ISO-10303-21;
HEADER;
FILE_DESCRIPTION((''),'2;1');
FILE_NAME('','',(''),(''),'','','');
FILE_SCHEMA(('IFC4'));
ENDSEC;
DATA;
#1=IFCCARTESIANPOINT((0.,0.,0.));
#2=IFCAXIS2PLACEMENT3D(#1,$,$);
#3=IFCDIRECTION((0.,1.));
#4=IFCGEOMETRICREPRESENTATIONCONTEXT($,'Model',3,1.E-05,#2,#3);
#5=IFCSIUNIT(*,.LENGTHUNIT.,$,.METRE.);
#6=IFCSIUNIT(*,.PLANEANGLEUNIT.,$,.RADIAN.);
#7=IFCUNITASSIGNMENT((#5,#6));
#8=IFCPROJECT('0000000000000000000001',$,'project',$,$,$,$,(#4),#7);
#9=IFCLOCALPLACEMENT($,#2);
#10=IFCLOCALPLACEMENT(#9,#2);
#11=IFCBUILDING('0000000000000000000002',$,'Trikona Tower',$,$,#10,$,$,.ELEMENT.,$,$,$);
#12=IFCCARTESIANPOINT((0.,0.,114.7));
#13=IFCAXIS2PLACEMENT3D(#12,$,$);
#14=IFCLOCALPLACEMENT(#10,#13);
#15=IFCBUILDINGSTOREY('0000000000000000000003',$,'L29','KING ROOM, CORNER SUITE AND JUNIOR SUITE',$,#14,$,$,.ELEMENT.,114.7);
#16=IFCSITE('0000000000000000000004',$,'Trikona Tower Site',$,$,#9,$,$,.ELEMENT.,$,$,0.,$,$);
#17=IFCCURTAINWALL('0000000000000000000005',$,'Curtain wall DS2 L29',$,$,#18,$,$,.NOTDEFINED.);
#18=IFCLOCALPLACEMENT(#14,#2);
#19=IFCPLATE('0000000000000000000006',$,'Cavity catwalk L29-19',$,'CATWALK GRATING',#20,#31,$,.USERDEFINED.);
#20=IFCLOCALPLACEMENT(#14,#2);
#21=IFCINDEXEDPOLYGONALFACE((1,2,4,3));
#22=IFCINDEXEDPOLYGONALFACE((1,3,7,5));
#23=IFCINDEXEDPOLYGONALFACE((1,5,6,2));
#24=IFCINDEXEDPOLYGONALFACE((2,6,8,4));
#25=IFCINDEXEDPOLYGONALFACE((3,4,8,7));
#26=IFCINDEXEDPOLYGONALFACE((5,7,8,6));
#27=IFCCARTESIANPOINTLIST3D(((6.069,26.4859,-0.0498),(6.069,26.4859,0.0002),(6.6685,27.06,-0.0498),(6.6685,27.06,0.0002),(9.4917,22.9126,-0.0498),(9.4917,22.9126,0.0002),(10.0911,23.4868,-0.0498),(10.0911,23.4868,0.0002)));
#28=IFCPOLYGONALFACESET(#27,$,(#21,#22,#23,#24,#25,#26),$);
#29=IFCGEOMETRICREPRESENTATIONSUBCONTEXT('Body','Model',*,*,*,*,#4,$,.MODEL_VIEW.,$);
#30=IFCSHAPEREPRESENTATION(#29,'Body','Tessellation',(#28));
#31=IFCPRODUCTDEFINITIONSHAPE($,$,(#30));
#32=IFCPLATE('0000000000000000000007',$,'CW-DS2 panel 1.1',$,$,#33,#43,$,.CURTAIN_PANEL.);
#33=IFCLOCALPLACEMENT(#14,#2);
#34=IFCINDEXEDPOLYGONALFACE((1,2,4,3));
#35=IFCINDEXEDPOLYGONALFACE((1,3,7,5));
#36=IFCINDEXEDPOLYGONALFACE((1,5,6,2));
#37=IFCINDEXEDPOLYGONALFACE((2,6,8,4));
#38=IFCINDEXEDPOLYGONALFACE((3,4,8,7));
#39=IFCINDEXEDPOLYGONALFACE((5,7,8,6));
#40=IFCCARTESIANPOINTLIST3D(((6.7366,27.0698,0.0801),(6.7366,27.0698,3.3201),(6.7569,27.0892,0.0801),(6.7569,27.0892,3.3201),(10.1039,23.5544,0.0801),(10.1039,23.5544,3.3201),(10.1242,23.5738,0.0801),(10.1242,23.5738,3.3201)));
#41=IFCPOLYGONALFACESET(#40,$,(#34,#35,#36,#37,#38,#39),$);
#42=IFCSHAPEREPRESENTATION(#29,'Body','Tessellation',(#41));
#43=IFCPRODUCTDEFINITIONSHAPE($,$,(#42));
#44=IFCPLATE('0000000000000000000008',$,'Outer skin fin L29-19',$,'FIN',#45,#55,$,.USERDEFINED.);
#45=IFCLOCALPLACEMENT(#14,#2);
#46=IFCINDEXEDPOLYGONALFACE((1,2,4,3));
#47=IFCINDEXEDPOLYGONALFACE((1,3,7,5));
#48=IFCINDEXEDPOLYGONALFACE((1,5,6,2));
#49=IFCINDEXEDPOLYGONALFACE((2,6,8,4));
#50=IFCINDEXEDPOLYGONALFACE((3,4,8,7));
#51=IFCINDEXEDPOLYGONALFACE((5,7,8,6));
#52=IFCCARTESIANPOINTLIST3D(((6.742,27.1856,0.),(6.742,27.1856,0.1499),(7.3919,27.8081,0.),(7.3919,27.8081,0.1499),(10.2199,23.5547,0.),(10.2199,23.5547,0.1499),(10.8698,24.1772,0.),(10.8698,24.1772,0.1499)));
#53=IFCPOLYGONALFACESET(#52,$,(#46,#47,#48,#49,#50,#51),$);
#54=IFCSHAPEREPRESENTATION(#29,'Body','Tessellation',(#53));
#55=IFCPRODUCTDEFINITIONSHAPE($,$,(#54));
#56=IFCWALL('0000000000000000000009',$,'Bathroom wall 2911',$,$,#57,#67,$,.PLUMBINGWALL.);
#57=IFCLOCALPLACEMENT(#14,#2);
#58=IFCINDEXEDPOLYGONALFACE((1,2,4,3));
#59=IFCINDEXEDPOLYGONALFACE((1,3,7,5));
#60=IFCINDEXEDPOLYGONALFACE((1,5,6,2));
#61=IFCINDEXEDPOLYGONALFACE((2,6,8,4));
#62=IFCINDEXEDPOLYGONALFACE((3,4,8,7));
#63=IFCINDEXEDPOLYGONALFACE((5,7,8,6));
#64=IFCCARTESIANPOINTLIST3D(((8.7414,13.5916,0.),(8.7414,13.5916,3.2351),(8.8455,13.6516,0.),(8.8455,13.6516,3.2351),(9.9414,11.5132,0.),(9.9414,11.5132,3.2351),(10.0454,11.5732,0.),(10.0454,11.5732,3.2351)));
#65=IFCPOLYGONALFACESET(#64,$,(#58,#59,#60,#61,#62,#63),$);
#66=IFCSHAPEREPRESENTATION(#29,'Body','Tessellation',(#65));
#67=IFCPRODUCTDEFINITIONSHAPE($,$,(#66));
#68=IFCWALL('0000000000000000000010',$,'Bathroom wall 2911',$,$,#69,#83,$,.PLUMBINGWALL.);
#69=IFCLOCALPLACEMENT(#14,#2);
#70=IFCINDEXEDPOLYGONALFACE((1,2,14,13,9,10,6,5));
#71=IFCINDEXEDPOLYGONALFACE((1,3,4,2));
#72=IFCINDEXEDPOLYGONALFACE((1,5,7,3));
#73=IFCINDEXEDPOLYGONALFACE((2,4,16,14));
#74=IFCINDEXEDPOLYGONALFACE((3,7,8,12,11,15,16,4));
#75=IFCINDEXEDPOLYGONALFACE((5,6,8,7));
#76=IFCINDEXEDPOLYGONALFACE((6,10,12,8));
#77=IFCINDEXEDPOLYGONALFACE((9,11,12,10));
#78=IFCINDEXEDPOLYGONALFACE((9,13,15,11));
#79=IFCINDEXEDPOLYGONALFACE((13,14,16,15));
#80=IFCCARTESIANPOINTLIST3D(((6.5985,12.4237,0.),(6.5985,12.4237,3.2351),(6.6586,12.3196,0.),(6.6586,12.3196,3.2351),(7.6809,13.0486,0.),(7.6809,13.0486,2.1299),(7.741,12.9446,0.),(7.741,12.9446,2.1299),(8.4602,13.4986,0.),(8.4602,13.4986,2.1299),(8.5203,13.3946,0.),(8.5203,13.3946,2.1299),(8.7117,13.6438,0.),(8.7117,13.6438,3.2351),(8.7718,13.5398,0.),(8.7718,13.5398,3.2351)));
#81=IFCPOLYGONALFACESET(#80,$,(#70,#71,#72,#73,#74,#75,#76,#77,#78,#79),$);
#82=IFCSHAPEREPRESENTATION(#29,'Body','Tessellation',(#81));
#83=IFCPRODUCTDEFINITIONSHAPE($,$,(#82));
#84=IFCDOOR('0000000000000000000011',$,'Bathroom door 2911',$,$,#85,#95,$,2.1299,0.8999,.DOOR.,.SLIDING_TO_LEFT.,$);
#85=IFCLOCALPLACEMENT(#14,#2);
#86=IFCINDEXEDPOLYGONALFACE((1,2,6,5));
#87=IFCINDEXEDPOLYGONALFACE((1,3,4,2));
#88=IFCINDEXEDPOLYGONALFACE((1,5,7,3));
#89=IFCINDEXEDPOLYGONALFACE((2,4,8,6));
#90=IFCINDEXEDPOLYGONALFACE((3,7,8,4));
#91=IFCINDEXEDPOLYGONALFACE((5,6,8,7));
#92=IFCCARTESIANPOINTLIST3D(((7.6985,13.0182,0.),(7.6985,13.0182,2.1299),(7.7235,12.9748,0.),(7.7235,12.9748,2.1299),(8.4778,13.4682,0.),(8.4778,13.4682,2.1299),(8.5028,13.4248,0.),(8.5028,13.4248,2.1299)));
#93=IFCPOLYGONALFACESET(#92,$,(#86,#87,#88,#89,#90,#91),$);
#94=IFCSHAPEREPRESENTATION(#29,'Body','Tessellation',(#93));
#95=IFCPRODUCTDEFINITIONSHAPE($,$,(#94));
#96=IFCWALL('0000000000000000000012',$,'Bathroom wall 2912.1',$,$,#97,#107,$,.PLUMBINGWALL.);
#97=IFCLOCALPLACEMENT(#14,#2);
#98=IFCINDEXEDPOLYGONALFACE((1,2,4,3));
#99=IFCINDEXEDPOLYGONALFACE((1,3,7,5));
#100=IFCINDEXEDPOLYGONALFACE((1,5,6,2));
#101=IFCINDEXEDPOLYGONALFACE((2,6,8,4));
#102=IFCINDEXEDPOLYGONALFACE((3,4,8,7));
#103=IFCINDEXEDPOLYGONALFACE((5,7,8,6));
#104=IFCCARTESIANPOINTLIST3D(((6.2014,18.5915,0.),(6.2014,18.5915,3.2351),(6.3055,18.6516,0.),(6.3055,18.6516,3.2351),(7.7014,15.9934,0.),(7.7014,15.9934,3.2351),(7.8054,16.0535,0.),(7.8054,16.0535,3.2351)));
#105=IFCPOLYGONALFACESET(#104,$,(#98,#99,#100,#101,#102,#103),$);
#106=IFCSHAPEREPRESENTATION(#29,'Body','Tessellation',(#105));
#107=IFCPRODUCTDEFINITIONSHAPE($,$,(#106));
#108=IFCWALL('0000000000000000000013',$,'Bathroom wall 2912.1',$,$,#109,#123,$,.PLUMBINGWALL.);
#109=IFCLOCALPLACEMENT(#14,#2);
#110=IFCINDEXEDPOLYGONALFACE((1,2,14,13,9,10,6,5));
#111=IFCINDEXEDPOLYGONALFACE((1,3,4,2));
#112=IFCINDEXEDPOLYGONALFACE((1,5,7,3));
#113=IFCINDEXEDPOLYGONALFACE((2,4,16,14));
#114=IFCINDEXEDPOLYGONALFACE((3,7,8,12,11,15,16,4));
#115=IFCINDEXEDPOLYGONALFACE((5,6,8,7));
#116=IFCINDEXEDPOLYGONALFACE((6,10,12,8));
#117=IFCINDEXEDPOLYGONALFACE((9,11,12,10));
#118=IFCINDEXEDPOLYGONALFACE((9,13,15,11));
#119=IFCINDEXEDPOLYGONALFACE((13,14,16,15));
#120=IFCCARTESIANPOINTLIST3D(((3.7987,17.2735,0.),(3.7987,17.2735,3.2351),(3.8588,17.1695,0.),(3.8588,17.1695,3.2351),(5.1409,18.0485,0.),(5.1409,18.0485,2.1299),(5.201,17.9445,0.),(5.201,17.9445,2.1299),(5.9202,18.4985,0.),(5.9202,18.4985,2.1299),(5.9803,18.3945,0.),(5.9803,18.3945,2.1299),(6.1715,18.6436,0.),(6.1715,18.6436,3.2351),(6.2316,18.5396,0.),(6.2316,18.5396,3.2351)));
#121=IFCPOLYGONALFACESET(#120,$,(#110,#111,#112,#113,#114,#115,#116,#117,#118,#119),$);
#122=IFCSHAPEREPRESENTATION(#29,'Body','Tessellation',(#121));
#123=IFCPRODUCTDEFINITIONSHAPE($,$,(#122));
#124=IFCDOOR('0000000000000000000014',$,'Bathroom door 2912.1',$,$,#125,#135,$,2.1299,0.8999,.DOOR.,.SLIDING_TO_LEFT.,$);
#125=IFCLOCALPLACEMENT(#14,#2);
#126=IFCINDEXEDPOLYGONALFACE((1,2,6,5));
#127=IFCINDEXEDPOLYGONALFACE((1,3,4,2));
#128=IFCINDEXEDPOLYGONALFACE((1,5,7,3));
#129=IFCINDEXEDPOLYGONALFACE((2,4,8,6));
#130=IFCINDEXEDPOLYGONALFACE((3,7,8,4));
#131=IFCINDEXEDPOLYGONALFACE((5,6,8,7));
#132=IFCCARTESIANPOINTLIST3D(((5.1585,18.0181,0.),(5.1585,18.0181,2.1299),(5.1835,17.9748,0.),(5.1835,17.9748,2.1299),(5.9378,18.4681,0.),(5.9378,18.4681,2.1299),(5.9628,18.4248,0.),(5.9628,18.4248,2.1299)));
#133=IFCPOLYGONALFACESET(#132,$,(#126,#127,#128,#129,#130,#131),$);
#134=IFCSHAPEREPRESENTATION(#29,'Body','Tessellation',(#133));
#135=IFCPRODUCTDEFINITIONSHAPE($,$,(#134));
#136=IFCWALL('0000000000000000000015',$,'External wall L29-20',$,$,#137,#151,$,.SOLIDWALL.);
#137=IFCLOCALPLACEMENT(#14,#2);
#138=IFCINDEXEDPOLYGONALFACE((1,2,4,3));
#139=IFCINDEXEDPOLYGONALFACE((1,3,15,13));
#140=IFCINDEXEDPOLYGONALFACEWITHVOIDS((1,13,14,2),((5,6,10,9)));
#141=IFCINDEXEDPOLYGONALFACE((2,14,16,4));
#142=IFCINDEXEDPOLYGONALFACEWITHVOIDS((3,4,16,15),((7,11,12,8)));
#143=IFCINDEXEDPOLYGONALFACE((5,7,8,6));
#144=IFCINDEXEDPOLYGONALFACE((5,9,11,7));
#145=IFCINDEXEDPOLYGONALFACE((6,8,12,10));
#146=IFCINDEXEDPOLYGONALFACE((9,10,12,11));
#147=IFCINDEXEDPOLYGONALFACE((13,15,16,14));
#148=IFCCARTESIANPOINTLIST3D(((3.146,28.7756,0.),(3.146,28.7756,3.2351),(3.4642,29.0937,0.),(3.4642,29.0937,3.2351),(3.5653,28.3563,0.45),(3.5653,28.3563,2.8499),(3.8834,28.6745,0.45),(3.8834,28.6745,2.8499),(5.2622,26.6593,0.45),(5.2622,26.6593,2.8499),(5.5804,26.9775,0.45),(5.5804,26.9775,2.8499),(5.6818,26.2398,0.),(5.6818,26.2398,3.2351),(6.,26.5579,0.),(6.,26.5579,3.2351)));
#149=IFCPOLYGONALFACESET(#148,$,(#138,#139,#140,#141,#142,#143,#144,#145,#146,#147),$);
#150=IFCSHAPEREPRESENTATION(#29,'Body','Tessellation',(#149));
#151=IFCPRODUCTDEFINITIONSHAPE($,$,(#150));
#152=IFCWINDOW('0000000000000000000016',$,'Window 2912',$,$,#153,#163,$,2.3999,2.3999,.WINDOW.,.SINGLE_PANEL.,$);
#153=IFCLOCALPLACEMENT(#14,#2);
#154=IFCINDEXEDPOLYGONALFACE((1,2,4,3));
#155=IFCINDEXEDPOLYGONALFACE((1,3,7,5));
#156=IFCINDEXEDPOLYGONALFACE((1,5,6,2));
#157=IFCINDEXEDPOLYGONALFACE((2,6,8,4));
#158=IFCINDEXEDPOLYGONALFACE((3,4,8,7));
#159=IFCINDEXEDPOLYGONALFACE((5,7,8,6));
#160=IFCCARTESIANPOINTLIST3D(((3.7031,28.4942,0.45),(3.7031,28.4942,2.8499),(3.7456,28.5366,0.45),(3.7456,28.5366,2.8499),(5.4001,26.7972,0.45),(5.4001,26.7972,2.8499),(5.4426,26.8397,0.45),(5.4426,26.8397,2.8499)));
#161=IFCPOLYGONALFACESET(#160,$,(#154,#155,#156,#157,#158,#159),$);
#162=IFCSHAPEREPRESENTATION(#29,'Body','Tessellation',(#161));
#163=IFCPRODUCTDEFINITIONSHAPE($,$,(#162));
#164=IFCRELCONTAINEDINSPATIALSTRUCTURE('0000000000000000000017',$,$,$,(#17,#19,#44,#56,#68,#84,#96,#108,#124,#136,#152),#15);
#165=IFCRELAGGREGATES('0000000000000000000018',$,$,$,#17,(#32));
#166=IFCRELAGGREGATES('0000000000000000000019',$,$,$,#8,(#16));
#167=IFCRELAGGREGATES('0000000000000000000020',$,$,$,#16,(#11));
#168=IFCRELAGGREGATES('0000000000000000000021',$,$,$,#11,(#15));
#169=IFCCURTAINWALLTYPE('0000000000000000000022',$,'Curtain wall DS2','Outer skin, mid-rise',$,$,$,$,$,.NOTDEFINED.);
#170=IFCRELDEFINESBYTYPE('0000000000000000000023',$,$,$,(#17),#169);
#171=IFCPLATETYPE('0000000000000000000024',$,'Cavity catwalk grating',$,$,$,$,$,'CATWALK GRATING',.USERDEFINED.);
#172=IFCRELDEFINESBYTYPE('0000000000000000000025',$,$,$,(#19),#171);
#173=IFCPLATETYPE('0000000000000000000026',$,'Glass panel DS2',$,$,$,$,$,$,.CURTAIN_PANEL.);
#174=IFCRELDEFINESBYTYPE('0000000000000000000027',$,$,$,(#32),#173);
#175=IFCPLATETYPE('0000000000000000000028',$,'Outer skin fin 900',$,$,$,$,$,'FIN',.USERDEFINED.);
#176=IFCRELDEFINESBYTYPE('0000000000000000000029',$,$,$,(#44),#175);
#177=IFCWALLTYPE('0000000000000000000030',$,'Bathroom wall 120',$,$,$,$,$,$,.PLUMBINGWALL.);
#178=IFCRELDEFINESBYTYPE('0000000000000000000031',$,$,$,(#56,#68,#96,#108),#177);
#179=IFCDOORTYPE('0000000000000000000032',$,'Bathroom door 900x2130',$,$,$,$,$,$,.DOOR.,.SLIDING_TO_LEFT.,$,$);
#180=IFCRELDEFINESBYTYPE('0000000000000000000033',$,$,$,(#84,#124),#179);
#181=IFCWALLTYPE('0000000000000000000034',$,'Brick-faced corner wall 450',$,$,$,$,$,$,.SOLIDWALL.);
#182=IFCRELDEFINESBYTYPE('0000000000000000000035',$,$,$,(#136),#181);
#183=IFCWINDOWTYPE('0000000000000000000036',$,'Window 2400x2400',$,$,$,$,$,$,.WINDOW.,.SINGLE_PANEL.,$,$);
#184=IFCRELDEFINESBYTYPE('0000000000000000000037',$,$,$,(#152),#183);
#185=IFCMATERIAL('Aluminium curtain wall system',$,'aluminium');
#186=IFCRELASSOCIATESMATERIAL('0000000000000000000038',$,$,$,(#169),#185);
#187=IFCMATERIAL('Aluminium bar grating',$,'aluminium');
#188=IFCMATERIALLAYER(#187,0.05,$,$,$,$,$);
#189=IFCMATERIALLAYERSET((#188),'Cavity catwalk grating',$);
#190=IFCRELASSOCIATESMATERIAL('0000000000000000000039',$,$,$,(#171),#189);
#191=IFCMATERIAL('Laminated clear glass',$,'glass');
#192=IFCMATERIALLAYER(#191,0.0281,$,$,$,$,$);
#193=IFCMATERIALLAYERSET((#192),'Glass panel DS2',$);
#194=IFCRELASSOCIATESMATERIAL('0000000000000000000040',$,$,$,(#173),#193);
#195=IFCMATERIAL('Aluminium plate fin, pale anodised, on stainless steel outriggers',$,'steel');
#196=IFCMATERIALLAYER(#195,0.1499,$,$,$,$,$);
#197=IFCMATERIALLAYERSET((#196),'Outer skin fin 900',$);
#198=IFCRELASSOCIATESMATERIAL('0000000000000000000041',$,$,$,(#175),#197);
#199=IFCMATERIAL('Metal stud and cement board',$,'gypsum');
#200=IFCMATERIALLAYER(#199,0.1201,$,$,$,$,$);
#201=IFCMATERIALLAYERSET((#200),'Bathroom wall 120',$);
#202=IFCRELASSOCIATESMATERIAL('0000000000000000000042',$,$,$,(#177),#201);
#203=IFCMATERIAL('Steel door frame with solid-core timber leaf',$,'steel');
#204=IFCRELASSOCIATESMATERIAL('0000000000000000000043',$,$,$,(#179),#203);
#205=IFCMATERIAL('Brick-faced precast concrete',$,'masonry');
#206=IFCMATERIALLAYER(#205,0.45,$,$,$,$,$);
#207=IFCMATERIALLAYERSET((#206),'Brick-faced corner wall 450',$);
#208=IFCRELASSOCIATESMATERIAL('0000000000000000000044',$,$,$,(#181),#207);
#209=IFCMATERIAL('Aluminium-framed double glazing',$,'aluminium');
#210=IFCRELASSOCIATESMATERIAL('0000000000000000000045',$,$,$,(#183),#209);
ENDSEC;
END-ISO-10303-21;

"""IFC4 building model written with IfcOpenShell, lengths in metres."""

from ifc_helpers import new_model, si_unit, direction, frame, frame_2d, origin, origin_2d, place, context, subcontext, project, spatial, rectangle, extrude, material, layer, layer_set, type_object, element, fill, aggregate, save


model = new_model("IFC4")

# Units and contexts
model_context = context("Model", 3, precision=1e-05, world=origin(), true_north=direction((0.0, 1.0)))
body_context = subcontext(model_context, "Body", "Model", "MODEL_VIEW")
ifc_project = project(units=[si_unit("LENGTHUNIT", "METRE"), si_unit("PLANEANGLEUNIT", "RADIAN")], contexts=[model_context])

# Site, building, storey
site_placement = place(None, origin())
site = spatial("IfcSite", under=ifc_project, at=site_placement, Name="Trikona Tower Site", CompositionType="ELEMENT", RefElevation=0.0)
building_placement = place(site_placement, origin())
building = spatial("IfcBuilding", under=site, at=building_placement, Name="Trikona Tower", CompositionType="ELEMENT")
storey_placement = place(building_placement, frame((0.0, 0.0, 114.7)))
storey = spatial("IfcBuildingStorey", under=building, at=storey_placement, Name="L29", Description="KING ROOM, CORNER SUITE AND JUNIOR SUITE", CompositionType="ELEMENT", Elevation=114.7)

# Curtain wall
ifc_material_1 = material(Name="Aluminium curtain wall system", Category="aluminium")
curtain_wall_type = type_object("IfcCurtainWallType", Name="Curtain wall DS2", Description="Outer skin, mid-rise", PredefinedType="NOTDEFINED", material=ifc_material_1)
curtain_wall_placement = place(storey_placement, origin())
curtain_wall = element("IfcCurtainWall", 1, at=curtain_wall_placement, inside=storey, type_object=curtain_wall_type, Name="Curtain wall DS2 L29", PredefinedType="NOTDEFINED")

# Plates
ifc_material_2 = material(Name="Aluminium bar grating", Category="aluminium")
ifc_layer_1 = layer(ifc_material_2, 0.05)
ifc_layer_set_1 = layer_set([ifc_layer_1], Name="Cavity catwalk grating")
plate_type_1 = type_object("IfcPlateType", Name="Cavity catwalk grating", ElementType="CATWALK GRATING", PredefinedType="USERDEFINED", material=ifc_layer_set_1)
plate_1_placement = place(storey_placement, frame((8.0801, 24.9863, -0.0498), z_axis=(0.0, 0.0, 1.0), x_axis=(-0.691724, 0.722162, 0.0)))
element("IfcPlate", 2, at=plate_1_placement, inside=storey, type_object=plate_type_1, Name="Cavity catwalk L29-19", ObjectType="CATWALK GRATING", PredefinedType="USERDEFINED", context=body_context, shape_type="SweptSolid", body=[
    extrude(rectangle(XDim=4.948, YDim=0.8301, at=origin_2d()), origin(), (0.0, 0.0, 1.0), 0.05),
])
ifc_material_3 = material(Name="Laminated clear glass", Category="glass")
ifc_layer_2 = layer(ifc_material_3, 0.0281)
ifc_layer_set_2 = layer_set([ifc_layer_2], Name="Glass panel DS2")
plate_type_2 = type_object("IfcPlateType", Name="Glass panel DS2", PredefinedType="CURTAIN_PANEL", material=ifc_layer_set_2)
plate_2_placement = place(storey_placement, frame((8.4304, 25.3218, 0.0801), z_axis=(0.0, 0.0, 1.0), x_axis=(-0.691728, 0.722158, 0.0)))
plate_2 = element("IfcPlate", 3, at=plate_2_placement, type_object=plate_type_2, Name="CW-DS2 panel 1.1", PredefinedType="CURTAIN_PANEL", context=body_context, shape_type="SweptSolid", body=[
    extrude(rectangle(XDim=4.8679, YDim=0.0281, at=origin_2d()), origin(), (0.0, 0.0, 1.0), 3.24),
])
aggregate(curtain_wall, [plate_2])
ifc_material_4 = material(Name="Aluminium plate fin, pale anodised, on stainless steel outriggers", Category="steel")
ifc_layer_3 = layer(ifc_material_4, 0.1499)
ifc_layer_set_3 = layer_set([ifc_layer_3], Name="Outer skin fin 900")
plate_type_3 = type_object("IfcPlateType", Name="Outer skin fin 900", ElementType="FIN", PredefinedType="USERDEFINED", material=ifc_layer_set_3)
plate_3_placement = place(storey_placement, frame((8.8059, 25.6814, 0.0), z_axis=(0.0, 0.0, 1.0), x_axis=(-0.691724, 0.722162, 0.0)))
element("IfcPlate", 4, at=plate_3_placement, inside=storey, type_object=plate_type_3, Name="Outer skin fin L29-19", ObjectType="FIN", PredefinedType="USERDEFINED", context=body_context, shape_type="SweptSolid", body=[
    extrude(rectangle(XDim=5.0278, YDim=0.8999, at=origin_2d()), origin(), (0.0, 0.0, 1.0), 0.1499),
])

# Wall
ifc_material_5 = material(Name="Metal stud and cement board", Category="gypsum")
ifc_layer_4 = layer(ifc_material_5, 0.1201)
ifc_layer_set_4 = layer_set([ifc_layer_4], Name="Bathroom wall 120")
wall_type_1 = type_object("IfcWallType", Name="Bathroom wall 120", PredefinedType="PLUMBINGWALL", material=ifc_layer_set_4)
wall_1_placement = place(storey_placement, frame((9.9934, 11.5432, 0.0), z_axis=(0.0, 0.0, 1.0), x_axis=(-0.500001, 0.866025, 0.0)))
element("IfcWall", 5, at=wall_1_placement, inside=storey, type_object=wall_type_1, Name="Bathroom wall 2911", PredefinedType="PLUMBINGWALL", context=body_context, shape_type="SweptSolid", body=[
    extrude(rectangle(XDim=2.3999, YDim=0.1201, at=frame_2d((1.2, 0.0))), origin(), (0.0, 0.0, 1.0), 3.2351),
])

# Wall, opening, door
wall_2_placement = place(storey_placement, frame((6.6284, 12.3716, 0.0), z_axis=(0.0, 0.0, 1.0), x_axis=(0.866006, 0.500034, 0.0)))
wall_2 = element("IfcWall", 6, at=wall_2_placement, inside=storey, type_object=wall_type_1, Name="Bathroom wall 2911", PredefinedType="PLUMBINGWALL", context=body_context, shape_type="SweptSolid", body=[
    extrude(rectangle(XDim=2.4402, YDim=0.1201, at=frame_2d((1.2202, 0.0))), origin(), (0.0, 0.0, 1.0), 3.2351),
])
opening_1_placement = place(wall_2_placement, frame((1.25, 0.0, 0.0)))
opening_1 = element("IfcOpeningElement", 7, at=opening_1_placement, cuts=wall_2, PredefinedType="OPENING", context=body_context, shape_type="SweptSolid", body=[
    extrude(rectangle(XDim=0.8999, YDim=2.1299, at=frame_2d((0.45, 1.0649))), frame((0.0, 0.0701, 0.0), z_axis=(0.0, -1.0, 0.0), x_axis=(1.0, 0.0, 0.0)), (0.0, 0.0, 1.0), 0.1401),
])
ifc_material_6 = material(Name="Steel door frame with solid-core timber leaf", Category="steel")
door_type_1 = type_object("IfcDoorType", Name="Bathroom door 900x2130", OperationType="SLIDING_TO_LEFT", PredefinedType="DOOR", material=ifc_material_6)
door_1_placement = place(opening_1_placement, origin())
door_1 = element("IfcDoor", 8, at=door_1_placement, inside=storey, type_object=door_type_1, Name="Bathroom door 2911", OperationType="SLIDING_TO_LEFT", OverallHeight=2.1299, OverallWidth=0.8999, PredefinedType="DOOR", context=body_context, shape_type="SweptSolid", body=[
    extrude(rectangle(XDim=0.8999, YDim=2.1299, at=frame_2d((0.45, 1.0649))), frame((0.0, 0.0249, 0.0), z_axis=(0.0, -1.0, 0.0), x_axis=(1.0, 0.0, 0.0)), (0.0, 0.0, 1.0), 0.05),
])
fill(opening_1, door_1)

# Wall
wall_3_placement = place(storey_placement, frame((7.7534, 16.0234, 0.0), z_axis=(0.0, 0.0, 1.0), x_axis=(-0.49999, 0.866031, 0.0)))
element("IfcWall", 9, at=wall_3_placement, inside=storey, type_object=wall_type_1, Name="Bathroom wall 2912.1", PredefinedType="PLUMBINGWALL", context=body_context, shape_type="SweptSolid", body=[
    extrude(rectangle(XDim=3.0, YDim=0.1201, at=frame_2d((1.5, 0.0))), origin(), (0.0, 0.0, 1.0), 3.2351),
])

# Wall, opening, door
wall_4_placement = place(storey_placement, frame((3.8286, 17.2214, 0.0), z_axis=(0.0, 0.0, 1.0), x_axis=(0.865997, 0.500049, 0.0)))
wall_4 = element("IfcWall", 10, at=wall_4_placement, inside=storey, type_object=wall_type_1, Name="Bathroom wall 2912.1", PredefinedType="PLUMBINGWALL", context=body_context, shape_type="SweptSolid", body=[
    extrude(rectangle(XDim=2.74, YDim=0.1201, at=frame_2d((1.3701, 0.0))), origin(), (0.0, 0.0, 1.0), 3.2351),
])
opening_2_placement = place(wall_4_placement, frame((1.55, 0.0, 0.0)))
opening_2 = element("IfcOpeningElement", 11, at=opening_2_placement, cuts=wall_4, PredefinedType="OPENING", context=body_context, shape_type="SweptSolid", body=[
    extrude(rectangle(XDim=0.8999, YDim=2.1299, at=frame_2d((0.45, 1.0649))), frame((0.0, 0.0701, 0.0), z_axis=(0.0, -1.0, 0.0), x_axis=(1.0, 0.0, 0.0)), (0.0, 0.0, 1.0), 0.1401),
])
door_2_placement = place(opening_2_placement, origin())
door_2 = element("IfcDoor", 12, at=door_2_placement, inside=storey, type_object=door_type_1, Name="Bathroom door 2912.1", OperationType="SLIDING_TO_LEFT", OverallHeight=2.1299, OverallWidth=0.8999, PredefinedType="DOOR", context=body_context, shape_type="SweptSolid", body=[
    extrude(rectangle(XDim=0.8999, YDim=2.1299, at=frame_2d((0.45, 1.0649))), frame((0.0, 0.0249, 0.0), z_axis=(0.0, -1.0, 0.0), x_axis=(1.0, 0.0, 0.0)), (0.0, 0.0, 1.0), 0.05),
])
fill(opening_2, door_2)

# Wall, opening, window
ifc_material_7 = material(Name="Brick-faced precast concrete", Category="masonry")
ifc_layer_5 = layer(ifc_material_7, 0.45)
ifc_layer_set_5 = layer_set([ifc_layer_5], Name="Brick-faced corner wall 450")
wall_type_2 = type_object("IfcWallType", Name="Brick-faced corner wall 450", PredefinedType="SOLIDWALL", material=ifc_layer_set_5)
wall_5_placement = place(storey_placement, frame((5.8408, 26.3989, 0.0), z_axis=(0.0, 0.0, 1.0), x_axis=(-0.707107, 0.707107, 0.0)))
wall_5 = element("IfcWall", 13, at=wall_5_placement, inside=storey, type_object=wall_type_2, Name="External wall L29-20", PredefinedType="SOLIDWALL", context=body_context, shape_type="SweptSolid", body=[
    extrude(rectangle(XDim=3.5862, YDim=0.45, at=frame_2d((1.793, 0.0))), origin(), (0.0, 0.0, 1.0), 3.2351),
])
opening_3_placement = place(wall_5_placement, frame((0.5933, 0.0, 0.45)))
opening_3 = element("IfcOpeningElement", 14, at=opening_3_placement, cuts=wall_5, PredefinedType="OPENING", context=body_context, shape_type="SweptSolid", body=[
    extrude(rectangle(XDim=2.3999, YDim=2.3999, at=frame_2d((1.2, 1.2))), frame((0.0, 0.2349, 0.0), z_axis=(0.0, -1.0, 0.0), x_axis=(1.0, 0.0, 0.0)), (0.0, 0.0, 1.0), 0.47),
])
ifc_material_8 = material(Name="Aluminium-framed double glazing", Category="aluminium")
window_type_1 = type_object("IfcWindowType", Name="Window 2400x2400", PartitioningType="SINGLE_PANEL", PredefinedType="WINDOW", material=ifc_material_8)
window_1_placement = place(opening_3_placement, origin())
window_1 = element("IfcWindow", 15, at=window_1_placement, inside=storey, type_object=window_type_1, Name="Window 2912", OverallHeight=2.3999, OverallWidth=2.3999, PartitioningType="SINGLE_PANEL", PredefinedType="WINDOW", context=body_context, shape_type="SweptSolid", body=[
    extrude(rectangle(XDim=2.3999, YDim=2.3999, at=frame_2d((1.2, 1.2))), frame((0.0, 0.03, 0.0), z_axis=(0.0, -1.0, 0.0), x_axis=(1.0, 0.0, 0.0)), (0.0, 0.0, 1.0), 0.0601),
])
fill(opening_3, window_1)

save(model, "model.ifc")
